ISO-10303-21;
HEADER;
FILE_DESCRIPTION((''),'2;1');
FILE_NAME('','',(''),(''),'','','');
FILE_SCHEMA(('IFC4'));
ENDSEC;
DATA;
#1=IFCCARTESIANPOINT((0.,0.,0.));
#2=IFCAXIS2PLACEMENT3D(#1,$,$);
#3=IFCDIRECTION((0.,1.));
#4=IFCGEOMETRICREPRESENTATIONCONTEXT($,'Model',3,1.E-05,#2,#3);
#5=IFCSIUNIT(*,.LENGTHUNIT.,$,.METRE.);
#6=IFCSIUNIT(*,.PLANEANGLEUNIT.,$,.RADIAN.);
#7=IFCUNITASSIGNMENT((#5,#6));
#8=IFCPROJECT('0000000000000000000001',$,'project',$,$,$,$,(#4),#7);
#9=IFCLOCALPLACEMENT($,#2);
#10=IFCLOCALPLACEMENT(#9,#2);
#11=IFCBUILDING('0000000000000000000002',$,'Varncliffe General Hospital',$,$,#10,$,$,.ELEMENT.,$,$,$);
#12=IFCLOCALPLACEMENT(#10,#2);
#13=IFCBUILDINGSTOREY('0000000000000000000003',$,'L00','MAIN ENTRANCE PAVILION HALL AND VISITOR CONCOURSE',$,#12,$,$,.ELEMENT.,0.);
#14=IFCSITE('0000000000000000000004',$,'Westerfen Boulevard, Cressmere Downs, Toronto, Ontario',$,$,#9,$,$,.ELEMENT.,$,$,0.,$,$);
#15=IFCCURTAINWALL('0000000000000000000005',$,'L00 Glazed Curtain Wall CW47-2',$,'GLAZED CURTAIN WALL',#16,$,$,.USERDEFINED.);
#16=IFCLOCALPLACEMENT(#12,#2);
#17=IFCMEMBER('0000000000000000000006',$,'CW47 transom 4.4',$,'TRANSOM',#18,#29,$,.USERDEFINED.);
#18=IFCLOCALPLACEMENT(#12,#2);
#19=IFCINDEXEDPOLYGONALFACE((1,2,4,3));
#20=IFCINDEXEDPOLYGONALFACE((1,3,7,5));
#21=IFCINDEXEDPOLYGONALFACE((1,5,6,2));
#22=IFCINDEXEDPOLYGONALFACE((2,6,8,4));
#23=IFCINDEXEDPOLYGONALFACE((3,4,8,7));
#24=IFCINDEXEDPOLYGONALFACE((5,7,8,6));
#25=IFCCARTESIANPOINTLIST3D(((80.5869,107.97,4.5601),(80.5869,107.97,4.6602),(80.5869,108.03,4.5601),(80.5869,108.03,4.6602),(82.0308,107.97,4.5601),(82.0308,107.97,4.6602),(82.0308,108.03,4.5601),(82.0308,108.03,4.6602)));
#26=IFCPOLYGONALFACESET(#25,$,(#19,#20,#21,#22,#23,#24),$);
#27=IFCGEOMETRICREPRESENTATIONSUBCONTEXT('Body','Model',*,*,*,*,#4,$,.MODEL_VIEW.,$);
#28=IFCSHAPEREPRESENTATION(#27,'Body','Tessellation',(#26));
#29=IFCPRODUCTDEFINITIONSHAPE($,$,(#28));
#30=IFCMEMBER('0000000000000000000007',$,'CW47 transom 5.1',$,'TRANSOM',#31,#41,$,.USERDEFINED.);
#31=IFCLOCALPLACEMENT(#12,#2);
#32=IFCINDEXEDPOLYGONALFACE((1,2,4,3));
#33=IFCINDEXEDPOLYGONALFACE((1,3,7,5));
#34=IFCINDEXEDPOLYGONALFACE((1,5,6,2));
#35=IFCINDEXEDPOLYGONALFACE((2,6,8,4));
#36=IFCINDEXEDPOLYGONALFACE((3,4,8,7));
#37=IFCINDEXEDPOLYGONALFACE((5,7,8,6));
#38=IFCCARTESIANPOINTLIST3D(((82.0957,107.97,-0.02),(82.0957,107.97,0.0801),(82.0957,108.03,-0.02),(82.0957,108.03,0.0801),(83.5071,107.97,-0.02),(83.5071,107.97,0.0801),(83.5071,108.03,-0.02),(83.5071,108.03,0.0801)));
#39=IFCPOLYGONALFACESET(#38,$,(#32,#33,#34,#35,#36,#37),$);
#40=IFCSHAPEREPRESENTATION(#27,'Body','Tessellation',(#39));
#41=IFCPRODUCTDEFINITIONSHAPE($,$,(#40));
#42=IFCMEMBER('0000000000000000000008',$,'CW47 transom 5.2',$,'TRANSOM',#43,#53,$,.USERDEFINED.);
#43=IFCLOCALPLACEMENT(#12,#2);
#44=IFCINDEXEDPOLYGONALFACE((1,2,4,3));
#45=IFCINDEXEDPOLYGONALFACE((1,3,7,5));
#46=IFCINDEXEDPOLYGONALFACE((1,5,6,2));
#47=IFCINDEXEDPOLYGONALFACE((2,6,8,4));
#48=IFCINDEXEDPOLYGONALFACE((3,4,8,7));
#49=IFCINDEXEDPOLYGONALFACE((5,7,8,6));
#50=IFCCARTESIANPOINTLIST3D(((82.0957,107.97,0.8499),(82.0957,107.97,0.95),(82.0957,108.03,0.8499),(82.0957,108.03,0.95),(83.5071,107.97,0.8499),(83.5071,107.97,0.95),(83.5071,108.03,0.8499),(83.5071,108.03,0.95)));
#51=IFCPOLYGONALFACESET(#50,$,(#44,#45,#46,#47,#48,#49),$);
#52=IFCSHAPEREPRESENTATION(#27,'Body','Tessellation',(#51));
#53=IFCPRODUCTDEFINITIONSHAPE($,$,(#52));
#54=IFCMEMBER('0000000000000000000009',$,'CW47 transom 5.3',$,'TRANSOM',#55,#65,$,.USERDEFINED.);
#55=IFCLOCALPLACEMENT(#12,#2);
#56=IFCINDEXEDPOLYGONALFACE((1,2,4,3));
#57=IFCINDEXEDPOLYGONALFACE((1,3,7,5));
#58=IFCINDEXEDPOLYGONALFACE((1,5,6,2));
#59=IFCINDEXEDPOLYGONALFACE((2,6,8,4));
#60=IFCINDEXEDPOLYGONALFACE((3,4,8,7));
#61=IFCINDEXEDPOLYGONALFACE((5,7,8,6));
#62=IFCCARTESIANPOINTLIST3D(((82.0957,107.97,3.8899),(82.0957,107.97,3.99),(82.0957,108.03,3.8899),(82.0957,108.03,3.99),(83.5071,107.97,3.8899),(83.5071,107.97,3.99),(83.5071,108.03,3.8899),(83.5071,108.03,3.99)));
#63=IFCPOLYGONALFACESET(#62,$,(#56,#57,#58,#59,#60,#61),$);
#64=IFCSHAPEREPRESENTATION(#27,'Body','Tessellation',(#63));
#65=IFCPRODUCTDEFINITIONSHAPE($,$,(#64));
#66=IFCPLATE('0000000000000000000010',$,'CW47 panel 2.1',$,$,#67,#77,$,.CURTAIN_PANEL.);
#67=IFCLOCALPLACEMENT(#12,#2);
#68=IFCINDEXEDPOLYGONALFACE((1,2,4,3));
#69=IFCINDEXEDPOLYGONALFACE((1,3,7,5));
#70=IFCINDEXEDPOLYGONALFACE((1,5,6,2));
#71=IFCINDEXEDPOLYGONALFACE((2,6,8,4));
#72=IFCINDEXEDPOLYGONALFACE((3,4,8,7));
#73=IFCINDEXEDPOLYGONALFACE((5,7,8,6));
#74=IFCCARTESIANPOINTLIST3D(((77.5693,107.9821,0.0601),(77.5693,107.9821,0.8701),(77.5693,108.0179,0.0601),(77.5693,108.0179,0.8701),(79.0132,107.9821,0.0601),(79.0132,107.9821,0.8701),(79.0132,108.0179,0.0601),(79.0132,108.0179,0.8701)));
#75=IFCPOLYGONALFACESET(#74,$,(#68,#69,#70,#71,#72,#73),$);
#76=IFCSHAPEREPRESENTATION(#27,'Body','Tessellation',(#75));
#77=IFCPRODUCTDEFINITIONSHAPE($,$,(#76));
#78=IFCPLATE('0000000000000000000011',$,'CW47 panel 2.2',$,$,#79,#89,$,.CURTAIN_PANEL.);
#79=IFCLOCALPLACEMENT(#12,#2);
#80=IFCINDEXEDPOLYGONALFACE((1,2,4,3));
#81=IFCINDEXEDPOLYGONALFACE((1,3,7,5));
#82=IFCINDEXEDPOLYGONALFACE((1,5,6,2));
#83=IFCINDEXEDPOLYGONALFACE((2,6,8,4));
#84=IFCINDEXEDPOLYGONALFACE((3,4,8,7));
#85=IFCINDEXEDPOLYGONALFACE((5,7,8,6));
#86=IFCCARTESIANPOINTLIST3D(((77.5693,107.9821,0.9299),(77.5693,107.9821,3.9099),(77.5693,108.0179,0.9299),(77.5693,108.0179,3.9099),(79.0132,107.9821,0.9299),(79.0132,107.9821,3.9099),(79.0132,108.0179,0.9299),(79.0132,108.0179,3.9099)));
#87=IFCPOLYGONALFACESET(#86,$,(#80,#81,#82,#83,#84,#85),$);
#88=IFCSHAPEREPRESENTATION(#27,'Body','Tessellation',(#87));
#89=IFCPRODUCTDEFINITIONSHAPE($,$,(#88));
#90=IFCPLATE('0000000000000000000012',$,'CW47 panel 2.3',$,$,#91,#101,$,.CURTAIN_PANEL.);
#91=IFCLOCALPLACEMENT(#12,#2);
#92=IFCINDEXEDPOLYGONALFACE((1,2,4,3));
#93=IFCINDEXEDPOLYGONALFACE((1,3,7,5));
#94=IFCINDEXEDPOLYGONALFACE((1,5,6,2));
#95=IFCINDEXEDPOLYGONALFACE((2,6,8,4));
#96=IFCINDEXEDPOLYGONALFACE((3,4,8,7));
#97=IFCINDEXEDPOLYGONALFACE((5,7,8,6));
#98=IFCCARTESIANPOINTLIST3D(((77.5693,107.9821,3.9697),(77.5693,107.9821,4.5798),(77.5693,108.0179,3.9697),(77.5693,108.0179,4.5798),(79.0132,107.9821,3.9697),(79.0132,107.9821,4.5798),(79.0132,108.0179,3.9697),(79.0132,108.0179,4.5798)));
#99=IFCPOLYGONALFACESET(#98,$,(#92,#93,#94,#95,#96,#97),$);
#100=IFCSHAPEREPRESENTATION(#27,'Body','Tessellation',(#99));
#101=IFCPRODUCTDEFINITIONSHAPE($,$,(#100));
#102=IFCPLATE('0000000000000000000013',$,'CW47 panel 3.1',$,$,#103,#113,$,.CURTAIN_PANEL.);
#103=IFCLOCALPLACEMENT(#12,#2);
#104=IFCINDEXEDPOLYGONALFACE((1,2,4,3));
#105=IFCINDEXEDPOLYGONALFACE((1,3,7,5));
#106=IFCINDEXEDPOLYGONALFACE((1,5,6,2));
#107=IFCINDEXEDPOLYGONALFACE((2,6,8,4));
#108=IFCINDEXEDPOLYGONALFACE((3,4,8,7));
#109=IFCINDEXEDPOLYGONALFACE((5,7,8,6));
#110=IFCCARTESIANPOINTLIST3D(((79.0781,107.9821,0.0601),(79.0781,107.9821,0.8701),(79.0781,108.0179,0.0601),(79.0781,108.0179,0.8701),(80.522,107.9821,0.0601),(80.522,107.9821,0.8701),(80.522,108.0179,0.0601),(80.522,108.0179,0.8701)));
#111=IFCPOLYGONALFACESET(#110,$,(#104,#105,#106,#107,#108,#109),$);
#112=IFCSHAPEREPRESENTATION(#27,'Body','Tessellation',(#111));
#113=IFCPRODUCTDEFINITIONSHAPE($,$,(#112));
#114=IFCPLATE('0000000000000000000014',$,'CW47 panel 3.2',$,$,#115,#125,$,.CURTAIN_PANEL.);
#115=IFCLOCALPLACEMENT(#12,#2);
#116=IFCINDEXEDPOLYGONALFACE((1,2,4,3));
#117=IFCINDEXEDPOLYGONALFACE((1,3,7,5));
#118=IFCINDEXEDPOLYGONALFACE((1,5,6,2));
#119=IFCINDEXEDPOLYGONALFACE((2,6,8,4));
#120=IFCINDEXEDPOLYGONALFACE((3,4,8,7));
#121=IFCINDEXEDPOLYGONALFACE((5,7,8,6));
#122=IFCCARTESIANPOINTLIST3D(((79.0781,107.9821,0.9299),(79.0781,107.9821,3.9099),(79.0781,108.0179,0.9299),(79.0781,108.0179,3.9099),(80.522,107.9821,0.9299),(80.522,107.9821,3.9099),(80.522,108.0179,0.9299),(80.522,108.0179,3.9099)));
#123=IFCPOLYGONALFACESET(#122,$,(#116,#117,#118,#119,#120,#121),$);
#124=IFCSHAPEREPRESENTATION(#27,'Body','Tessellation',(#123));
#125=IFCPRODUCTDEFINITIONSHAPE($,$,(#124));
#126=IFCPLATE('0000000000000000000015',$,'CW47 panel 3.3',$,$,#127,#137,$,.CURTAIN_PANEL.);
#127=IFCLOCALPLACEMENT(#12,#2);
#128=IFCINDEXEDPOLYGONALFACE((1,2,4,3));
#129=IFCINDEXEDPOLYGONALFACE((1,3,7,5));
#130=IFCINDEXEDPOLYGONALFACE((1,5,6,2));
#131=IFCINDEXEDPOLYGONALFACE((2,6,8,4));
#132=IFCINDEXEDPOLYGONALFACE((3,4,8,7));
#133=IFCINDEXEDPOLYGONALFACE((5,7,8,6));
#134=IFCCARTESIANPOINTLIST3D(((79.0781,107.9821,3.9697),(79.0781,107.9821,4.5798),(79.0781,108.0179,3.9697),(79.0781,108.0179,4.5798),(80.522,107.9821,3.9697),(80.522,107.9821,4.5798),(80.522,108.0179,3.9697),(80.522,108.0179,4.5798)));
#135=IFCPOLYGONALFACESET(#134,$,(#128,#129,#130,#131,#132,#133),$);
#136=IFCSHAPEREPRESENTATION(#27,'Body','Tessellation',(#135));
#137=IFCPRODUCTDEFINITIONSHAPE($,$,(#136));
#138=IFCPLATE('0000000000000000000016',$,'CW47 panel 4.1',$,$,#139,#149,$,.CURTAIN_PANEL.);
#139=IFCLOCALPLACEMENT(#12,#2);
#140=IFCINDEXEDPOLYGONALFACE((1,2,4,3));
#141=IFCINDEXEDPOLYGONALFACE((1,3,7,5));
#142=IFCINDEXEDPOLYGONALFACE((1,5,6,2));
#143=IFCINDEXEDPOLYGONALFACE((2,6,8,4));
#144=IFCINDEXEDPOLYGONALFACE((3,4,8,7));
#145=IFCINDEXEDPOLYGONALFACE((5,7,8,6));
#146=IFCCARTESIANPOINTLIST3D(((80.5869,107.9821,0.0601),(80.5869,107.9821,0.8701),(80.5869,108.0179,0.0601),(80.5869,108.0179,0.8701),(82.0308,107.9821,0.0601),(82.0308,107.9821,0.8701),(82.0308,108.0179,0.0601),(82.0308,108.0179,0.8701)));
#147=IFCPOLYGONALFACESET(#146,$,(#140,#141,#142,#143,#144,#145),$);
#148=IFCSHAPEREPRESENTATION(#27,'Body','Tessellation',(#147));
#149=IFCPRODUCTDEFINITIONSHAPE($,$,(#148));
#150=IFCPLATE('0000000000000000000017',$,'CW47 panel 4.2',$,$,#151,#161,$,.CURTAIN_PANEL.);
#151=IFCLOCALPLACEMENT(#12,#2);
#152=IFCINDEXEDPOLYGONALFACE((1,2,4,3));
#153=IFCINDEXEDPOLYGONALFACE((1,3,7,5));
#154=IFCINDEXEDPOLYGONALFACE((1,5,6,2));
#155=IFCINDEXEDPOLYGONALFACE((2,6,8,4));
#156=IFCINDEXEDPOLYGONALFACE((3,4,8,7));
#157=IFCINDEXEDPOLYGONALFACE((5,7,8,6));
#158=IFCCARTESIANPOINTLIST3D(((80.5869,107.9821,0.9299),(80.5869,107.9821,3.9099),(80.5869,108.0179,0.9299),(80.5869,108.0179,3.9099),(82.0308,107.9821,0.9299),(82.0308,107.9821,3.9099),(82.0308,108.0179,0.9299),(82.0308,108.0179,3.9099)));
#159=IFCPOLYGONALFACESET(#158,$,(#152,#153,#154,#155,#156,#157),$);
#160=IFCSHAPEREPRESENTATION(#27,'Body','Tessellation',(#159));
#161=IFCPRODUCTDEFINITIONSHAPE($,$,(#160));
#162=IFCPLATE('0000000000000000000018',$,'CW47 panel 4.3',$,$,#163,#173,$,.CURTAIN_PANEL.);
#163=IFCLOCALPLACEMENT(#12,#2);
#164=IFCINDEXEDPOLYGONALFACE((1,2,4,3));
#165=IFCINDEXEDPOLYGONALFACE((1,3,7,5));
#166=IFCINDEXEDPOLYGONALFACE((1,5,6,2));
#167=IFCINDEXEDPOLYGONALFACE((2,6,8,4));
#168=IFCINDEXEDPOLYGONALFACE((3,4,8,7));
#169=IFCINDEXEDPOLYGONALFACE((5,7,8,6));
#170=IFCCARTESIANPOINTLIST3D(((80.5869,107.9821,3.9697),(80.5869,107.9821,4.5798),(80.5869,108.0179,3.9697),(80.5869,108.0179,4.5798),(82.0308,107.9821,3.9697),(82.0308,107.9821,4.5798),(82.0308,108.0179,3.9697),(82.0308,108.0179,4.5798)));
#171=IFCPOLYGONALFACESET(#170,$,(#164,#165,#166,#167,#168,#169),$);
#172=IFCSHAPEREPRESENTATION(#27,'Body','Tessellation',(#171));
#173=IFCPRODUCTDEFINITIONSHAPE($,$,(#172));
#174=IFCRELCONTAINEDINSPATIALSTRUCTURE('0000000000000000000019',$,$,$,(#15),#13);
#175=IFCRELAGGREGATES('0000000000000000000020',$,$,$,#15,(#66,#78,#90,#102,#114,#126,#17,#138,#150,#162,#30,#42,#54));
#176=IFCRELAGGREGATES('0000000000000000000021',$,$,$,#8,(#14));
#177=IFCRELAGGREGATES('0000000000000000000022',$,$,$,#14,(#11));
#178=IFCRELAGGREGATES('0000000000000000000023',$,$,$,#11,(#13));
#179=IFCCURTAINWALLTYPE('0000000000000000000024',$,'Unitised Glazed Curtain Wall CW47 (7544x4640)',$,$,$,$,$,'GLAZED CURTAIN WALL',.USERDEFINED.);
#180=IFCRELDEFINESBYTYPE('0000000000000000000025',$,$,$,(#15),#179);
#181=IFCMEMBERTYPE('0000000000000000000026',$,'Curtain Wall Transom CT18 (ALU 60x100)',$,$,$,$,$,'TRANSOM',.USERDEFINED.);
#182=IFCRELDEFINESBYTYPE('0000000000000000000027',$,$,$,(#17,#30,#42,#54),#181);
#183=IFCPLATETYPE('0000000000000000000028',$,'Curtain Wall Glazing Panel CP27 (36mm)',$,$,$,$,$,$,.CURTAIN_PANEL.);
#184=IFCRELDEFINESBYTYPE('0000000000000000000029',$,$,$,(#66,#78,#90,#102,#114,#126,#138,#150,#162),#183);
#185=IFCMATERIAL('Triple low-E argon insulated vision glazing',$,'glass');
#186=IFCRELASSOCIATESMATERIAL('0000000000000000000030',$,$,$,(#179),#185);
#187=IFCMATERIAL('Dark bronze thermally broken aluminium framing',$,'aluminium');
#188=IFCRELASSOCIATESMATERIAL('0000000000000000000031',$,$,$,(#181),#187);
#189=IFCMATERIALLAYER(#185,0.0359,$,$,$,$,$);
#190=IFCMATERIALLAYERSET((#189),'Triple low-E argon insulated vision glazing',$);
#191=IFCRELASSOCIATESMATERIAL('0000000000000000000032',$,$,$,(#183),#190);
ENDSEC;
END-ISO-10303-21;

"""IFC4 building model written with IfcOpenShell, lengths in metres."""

from ifc_helpers import new_model, si_unit, direction, frame, origin, origin_2d, place, context, subcontext, project, spatial, rectangle, extrude, material, layer, layer_set, material_profile, profile_set, type_object, element, aggregate, save


model = new_model("IFC4")

# Units and contexts
model_context = context("Model", 3, precision=1e-05, world=origin(), true_north=direction((0.0, 1.0)))
body_context = subcontext(model_context, "Body", "Model", "MODEL_VIEW")
ifc_project = project(units=[si_unit("LENGTHUNIT", "METRE"), si_unit("PLANEANGLEUNIT", "RADIAN")], contexts=[model_context])

# Site, building, storey
site_placement = place(None, origin())
site = spatial("IfcSite", under=ifc_project, at=site_placement, Name="Westerfen Boulevard, Cressmere Downs, Toronto, Ontario", CompositionType="ELEMENT", RefElevation=0.0)
building_placement = place(site_placement, origin())
building = spatial("IfcBuilding", under=site, at=building_placement, Name="Varncliffe General Hospital", CompositionType="ELEMENT")
storey_placement = place(building_placement, origin())
storey = spatial("IfcBuildingStorey", under=building, at=storey_placement, Name="L00", Description="MAIN ENTRANCE PAVILION HALL AND VISITOR CONCOURSE", CompositionType="ELEMENT", Elevation=0.0)

# Curtain wall, members, plates
ifc_material_1 = material(Name="Triple low-E argon insulated vision glazing", Category="glass")
curtain_wall_type = type_object("IfcCurtainWallType", Name="Unitised Glazed Curtain Wall CW47 (7544x4640)", ElementType="GLAZED CURTAIN WALL", PredefinedType="USERDEFINED", material=ifc_material_1)
curtain_wall_placement = place(storey_placement, origin())
curtain_wall = element("IfcCurtainWall", 1, at=curtain_wall_placement, inside=storey, type_object=curtain_wall_type, Name="L00 Glazed Curtain Wall CW47-2", ObjectType="GLAZED CURTAIN WALL", PredefinedType="USERDEFINED")
ifc_material_2 = material(Name="Dark bronze thermally broken aluminium framing", Category="aluminium")
ifc_material_profile_1 = material_profile(ifc_material_2, rectangle(XDim=0.0601, YDim=0.1001, at=origin_2d()), Name="ALU 60x100")
ifc_profile_set_1 = profile_set([ifc_material_profile_1], Name="Dark bronze thermally broken aluminium framing")
member_type_1 = type_object("IfcMemberType", Name="Curtain Wall Transom CT18 (ALU 60x100)", ElementType="TRANSOM", PredefinedType="USERDEFINED", material=ifc_profile_set_1)
member_1_placement = place(storey_placement, frame((80.5869, 108.0, 4.6101), z_axis=(1.0, 0.0, 0.0), x_axis=(0.0, 1.0, 0.0)))
member_1 = element("IfcMember", 2, at=member_1_placement, type_object=member_type_1, Name="CW47 transom 4.4", ObjectType="TRANSOM", PredefinedType="USERDEFINED", context=body_context, shape_type="SweptSolid", body=[
    extrude(rectangle(XDim=0.0601, YDim=0.1001, at=origin_2d()), origin(), (0.0, 0.0, 1.0), 1.4438),
])
member_2_placement = place(storey_placement, frame((82.0957, 108.0, 0.03), z_axis=(1.0, 0.0, 0.0), x_axis=(0.0, 1.0, 0.0)))
member_2 = element("IfcMember", 3, at=member_2_placement, type_object=member_type_1, Name="CW47 transom 5.1", ObjectType="TRANSOM", PredefinedType="USERDEFINED", context=body_context, shape_type="SweptSolid", body=[
    extrude(rectangle(XDim=0.0601, YDim=0.1001, at=origin_2d()), origin(), (0.0, 0.0, 1.0), 1.4114),
])
member_3_placement = place(storey_placement, frame((82.0957, 108.0, 0.8999), z_axis=(1.0, 0.0, 0.0), x_axis=(0.0, 1.0, 0.0)))
member_3 = element("IfcMember", 4, at=member_3_placement, type_object=member_type_1, Name="CW47 transom 5.2", ObjectType="TRANSOM", PredefinedType="USERDEFINED", context=body_context, shape_type="SweptSolid", body=[
    extrude(rectangle(XDim=0.0601, YDim=0.1001, at=origin_2d()), origin(), (0.0, 0.0, 1.0), 1.4114),
])
member_4_placement = place(storey_placement, frame((82.0957, 108.0, 3.9399), z_axis=(1.0, 0.0, 0.0), x_axis=(0.0, 1.0, 0.0)))
member_4 = element("IfcMember", 5, at=member_4_placement, type_object=member_type_1, Name="CW47 transom 5.3", ObjectType="TRANSOM", PredefinedType="USERDEFINED", context=body_context, shape_type="SweptSolid", body=[
    extrude(rectangle(XDim=0.0601, YDim=0.1001, at=origin_2d()), origin(), (0.0, 0.0, 1.0), 1.4114),
])
ifc_layer = layer(ifc_material_1, 0.0359)
ifc_layer_set = layer_set([ifc_layer], Name="Triple low-E argon insulated vision glazing")
plate_type = type_object("IfcPlateType", Name="Curtain Wall Glazing Panel CP27 (36mm)", PredefinedType="CURTAIN_PANEL", material=ifc_layer_set)
plate_1_placement = place(storey_placement, frame((78.2913, 108.0, 0.0601), z_axis=(0.0, 0.0, 1.0), x_axis=(1.0, 0.0, 0.0)))
plate_1 = element("IfcPlate", 6, at=plate_1_placement, type_object=plate_type, Name="CW47 panel 2.1", PredefinedType="CURTAIN_PANEL", context=body_context, shape_type="SweptSolid", body=[
    extrude(rectangle(XDim=1.4438, YDim=0.0359, at=origin_2d()), origin(), (0.0, 0.0, 1.0), 0.8101),
])
plate_2_placement = place(storey_placement, frame((78.2913, 108.0, 0.9299), z_axis=(0.0, 0.0, 1.0), x_axis=(1.0, 0.0, 0.0)))
plate_2 = element("IfcPlate", 7, at=plate_2_placement, type_object=plate_type, Name="CW47 panel 2.2", PredefinedType="CURTAIN_PANEL", context=body_context, shape_type="SweptSolid", body=[
    extrude(rectangle(XDim=1.4438, YDim=0.0359, at=origin_2d()), origin(), (0.0, 0.0, 1.0), 2.98),
])
plate_3_placement = place(storey_placement, frame((78.2913, 108.0, 3.9697), z_axis=(0.0, 0.0, 1.0), x_axis=(1.0, 0.0, 0.0)))
plate_3 = element("IfcPlate", 8, at=plate_3_placement, type_object=plate_type, Name="CW47 panel 2.3", PredefinedType="CURTAIN_PANEL", context=body_context, shape_type="SweptSolid", body=[
    extrude(rectangle(XDim=1.4438, YDim=0.0359, at=origin_2d()), origin(), (0.0, 0.0, 1.0), 0.6101),
])
plate_4_placement = place(storey_placement, frame((79.8, 108.0, 0.0601), z_axis=(0.0, 0.0, 1.0), x_axis=(1.0, 0.0, 0.0)))
plate_4 = element("IfcPlate", 9, at=plate_4_placement, type_object=plate_type, Name="CW47 panel 3.1", PredefinedType="CURTAIN_PANEL", context=body_context, shape_type="SweptSolid", body=[
    extrude(rectangle(XDim=1.4438, YDim=0.0359, at=origin_2d()), origin(), (0.0, 0.0, 1.0), 0.8101),
])
plate_5_placement = place(storey_placement, frame((79.8, 108.0, 0.9299), z_axis=(0.0, 0.0, 1.0), x_axis=(1.0, 0.0, 0.0)))
plate_5 = element("IfcPlate", 10, at=plate_5_placement, type_object=plate_type, Name="CW47 panel 3.2", PredefinedType="CURTAIN_PANEL", context=body_context, shape_type="SweptSolid", body=[
    extrude(rectangle(XDim=1.4438, YDim=0.0359, at=origin_2d()), origin(), (0.0, 0.0, 1.0), 2.98),
])
plate_6_placement = place(storey_placement, frame((79.8, 108.0, 3.9697), z_axis=(0.0, 0.0, 1.0), x_axis=(1.0, 0.0, 0.0)))
plate_6 = element("IfcPlate", 11, at=plate_6_placement, type_object=plate_type, Name="CW47 panel 3.3", PredefinedType="CURTAIN_PANEL", context=body_context, shape_type="SweptSolid", body=[
    extrude(rectangle(XDim=1.4438, YDim=0.0359, at=origin_2d()), origin(), (0.0, 0.0, 1.0), 0.6101),
])
plate_7_placement = place(storey_placement, frame((81.3088, 108.0, 0.0601), z_axis=(0.0, 0.0, 1.0), x_axis=(1.0, 0.0, 0.0)))
plate_7 = element("IfcPlate", 12, at=plate_7_placement, type_object=plate_type, Name="CW47 panel 4.1", PredefinedType="CURTAIN_PANEL", context=body_context, shape_type="SweptSolid", body=[
    extrude(rectangle(XDim=1.4438, YDim=0.0359, at=origin_2d()), origin(), (0.0, 0.0, 1.0), 0.8101),
])
plate_8_placement = place(storey_placement, frame((81.3088, 108.0, 0.9299), z_axis=(0.0, 0.0, 1.0), x_axis=(1.0, 0.0, 0.0)))
plate_8 = element("IfcPlate", 13, at=plate_8_placement, type_object=plate_type, Name="CW47 panel 4.2", PredefinedType="CURTAIN_PANEL", context=body_context, shape_type="SweptSolid", body=[
    extrude(rectangle(XDim=1.4438, YDim=0.0359, at=origin_2d()), origin(), (0.0, 0.0, 1.0), 2.98),
])
plate_9_placement = place(storey_placement, frame((81.3088, 108.0, 3.9697), z_axis=(0.0, 0.0, 1.0), x_axis=(1.0, 0.0, 0.0)))
plate_9 = element("IfcPlate", 14, at=plate_9_placement, type_object=plate_type, Name="CW47 panel 4.3", PredefinedType="CURTAIN_PANEL", context=body_context, shape_type="SweptSolid", body=[
    extrude(rectangle(XDim=1.4438, YDim=0.0359, at=origin_2d()), origin(), (0.0, 0.0, 1.0), 0.6101),
])
aggregate(curtain_wall, [plate_1, plate_2, plate_3, plate_4, plate_5, plate_6, member_1, plate_7, plate_8, plate_9, member_2, member_3, member_4])

save(model, "model.ifc")
